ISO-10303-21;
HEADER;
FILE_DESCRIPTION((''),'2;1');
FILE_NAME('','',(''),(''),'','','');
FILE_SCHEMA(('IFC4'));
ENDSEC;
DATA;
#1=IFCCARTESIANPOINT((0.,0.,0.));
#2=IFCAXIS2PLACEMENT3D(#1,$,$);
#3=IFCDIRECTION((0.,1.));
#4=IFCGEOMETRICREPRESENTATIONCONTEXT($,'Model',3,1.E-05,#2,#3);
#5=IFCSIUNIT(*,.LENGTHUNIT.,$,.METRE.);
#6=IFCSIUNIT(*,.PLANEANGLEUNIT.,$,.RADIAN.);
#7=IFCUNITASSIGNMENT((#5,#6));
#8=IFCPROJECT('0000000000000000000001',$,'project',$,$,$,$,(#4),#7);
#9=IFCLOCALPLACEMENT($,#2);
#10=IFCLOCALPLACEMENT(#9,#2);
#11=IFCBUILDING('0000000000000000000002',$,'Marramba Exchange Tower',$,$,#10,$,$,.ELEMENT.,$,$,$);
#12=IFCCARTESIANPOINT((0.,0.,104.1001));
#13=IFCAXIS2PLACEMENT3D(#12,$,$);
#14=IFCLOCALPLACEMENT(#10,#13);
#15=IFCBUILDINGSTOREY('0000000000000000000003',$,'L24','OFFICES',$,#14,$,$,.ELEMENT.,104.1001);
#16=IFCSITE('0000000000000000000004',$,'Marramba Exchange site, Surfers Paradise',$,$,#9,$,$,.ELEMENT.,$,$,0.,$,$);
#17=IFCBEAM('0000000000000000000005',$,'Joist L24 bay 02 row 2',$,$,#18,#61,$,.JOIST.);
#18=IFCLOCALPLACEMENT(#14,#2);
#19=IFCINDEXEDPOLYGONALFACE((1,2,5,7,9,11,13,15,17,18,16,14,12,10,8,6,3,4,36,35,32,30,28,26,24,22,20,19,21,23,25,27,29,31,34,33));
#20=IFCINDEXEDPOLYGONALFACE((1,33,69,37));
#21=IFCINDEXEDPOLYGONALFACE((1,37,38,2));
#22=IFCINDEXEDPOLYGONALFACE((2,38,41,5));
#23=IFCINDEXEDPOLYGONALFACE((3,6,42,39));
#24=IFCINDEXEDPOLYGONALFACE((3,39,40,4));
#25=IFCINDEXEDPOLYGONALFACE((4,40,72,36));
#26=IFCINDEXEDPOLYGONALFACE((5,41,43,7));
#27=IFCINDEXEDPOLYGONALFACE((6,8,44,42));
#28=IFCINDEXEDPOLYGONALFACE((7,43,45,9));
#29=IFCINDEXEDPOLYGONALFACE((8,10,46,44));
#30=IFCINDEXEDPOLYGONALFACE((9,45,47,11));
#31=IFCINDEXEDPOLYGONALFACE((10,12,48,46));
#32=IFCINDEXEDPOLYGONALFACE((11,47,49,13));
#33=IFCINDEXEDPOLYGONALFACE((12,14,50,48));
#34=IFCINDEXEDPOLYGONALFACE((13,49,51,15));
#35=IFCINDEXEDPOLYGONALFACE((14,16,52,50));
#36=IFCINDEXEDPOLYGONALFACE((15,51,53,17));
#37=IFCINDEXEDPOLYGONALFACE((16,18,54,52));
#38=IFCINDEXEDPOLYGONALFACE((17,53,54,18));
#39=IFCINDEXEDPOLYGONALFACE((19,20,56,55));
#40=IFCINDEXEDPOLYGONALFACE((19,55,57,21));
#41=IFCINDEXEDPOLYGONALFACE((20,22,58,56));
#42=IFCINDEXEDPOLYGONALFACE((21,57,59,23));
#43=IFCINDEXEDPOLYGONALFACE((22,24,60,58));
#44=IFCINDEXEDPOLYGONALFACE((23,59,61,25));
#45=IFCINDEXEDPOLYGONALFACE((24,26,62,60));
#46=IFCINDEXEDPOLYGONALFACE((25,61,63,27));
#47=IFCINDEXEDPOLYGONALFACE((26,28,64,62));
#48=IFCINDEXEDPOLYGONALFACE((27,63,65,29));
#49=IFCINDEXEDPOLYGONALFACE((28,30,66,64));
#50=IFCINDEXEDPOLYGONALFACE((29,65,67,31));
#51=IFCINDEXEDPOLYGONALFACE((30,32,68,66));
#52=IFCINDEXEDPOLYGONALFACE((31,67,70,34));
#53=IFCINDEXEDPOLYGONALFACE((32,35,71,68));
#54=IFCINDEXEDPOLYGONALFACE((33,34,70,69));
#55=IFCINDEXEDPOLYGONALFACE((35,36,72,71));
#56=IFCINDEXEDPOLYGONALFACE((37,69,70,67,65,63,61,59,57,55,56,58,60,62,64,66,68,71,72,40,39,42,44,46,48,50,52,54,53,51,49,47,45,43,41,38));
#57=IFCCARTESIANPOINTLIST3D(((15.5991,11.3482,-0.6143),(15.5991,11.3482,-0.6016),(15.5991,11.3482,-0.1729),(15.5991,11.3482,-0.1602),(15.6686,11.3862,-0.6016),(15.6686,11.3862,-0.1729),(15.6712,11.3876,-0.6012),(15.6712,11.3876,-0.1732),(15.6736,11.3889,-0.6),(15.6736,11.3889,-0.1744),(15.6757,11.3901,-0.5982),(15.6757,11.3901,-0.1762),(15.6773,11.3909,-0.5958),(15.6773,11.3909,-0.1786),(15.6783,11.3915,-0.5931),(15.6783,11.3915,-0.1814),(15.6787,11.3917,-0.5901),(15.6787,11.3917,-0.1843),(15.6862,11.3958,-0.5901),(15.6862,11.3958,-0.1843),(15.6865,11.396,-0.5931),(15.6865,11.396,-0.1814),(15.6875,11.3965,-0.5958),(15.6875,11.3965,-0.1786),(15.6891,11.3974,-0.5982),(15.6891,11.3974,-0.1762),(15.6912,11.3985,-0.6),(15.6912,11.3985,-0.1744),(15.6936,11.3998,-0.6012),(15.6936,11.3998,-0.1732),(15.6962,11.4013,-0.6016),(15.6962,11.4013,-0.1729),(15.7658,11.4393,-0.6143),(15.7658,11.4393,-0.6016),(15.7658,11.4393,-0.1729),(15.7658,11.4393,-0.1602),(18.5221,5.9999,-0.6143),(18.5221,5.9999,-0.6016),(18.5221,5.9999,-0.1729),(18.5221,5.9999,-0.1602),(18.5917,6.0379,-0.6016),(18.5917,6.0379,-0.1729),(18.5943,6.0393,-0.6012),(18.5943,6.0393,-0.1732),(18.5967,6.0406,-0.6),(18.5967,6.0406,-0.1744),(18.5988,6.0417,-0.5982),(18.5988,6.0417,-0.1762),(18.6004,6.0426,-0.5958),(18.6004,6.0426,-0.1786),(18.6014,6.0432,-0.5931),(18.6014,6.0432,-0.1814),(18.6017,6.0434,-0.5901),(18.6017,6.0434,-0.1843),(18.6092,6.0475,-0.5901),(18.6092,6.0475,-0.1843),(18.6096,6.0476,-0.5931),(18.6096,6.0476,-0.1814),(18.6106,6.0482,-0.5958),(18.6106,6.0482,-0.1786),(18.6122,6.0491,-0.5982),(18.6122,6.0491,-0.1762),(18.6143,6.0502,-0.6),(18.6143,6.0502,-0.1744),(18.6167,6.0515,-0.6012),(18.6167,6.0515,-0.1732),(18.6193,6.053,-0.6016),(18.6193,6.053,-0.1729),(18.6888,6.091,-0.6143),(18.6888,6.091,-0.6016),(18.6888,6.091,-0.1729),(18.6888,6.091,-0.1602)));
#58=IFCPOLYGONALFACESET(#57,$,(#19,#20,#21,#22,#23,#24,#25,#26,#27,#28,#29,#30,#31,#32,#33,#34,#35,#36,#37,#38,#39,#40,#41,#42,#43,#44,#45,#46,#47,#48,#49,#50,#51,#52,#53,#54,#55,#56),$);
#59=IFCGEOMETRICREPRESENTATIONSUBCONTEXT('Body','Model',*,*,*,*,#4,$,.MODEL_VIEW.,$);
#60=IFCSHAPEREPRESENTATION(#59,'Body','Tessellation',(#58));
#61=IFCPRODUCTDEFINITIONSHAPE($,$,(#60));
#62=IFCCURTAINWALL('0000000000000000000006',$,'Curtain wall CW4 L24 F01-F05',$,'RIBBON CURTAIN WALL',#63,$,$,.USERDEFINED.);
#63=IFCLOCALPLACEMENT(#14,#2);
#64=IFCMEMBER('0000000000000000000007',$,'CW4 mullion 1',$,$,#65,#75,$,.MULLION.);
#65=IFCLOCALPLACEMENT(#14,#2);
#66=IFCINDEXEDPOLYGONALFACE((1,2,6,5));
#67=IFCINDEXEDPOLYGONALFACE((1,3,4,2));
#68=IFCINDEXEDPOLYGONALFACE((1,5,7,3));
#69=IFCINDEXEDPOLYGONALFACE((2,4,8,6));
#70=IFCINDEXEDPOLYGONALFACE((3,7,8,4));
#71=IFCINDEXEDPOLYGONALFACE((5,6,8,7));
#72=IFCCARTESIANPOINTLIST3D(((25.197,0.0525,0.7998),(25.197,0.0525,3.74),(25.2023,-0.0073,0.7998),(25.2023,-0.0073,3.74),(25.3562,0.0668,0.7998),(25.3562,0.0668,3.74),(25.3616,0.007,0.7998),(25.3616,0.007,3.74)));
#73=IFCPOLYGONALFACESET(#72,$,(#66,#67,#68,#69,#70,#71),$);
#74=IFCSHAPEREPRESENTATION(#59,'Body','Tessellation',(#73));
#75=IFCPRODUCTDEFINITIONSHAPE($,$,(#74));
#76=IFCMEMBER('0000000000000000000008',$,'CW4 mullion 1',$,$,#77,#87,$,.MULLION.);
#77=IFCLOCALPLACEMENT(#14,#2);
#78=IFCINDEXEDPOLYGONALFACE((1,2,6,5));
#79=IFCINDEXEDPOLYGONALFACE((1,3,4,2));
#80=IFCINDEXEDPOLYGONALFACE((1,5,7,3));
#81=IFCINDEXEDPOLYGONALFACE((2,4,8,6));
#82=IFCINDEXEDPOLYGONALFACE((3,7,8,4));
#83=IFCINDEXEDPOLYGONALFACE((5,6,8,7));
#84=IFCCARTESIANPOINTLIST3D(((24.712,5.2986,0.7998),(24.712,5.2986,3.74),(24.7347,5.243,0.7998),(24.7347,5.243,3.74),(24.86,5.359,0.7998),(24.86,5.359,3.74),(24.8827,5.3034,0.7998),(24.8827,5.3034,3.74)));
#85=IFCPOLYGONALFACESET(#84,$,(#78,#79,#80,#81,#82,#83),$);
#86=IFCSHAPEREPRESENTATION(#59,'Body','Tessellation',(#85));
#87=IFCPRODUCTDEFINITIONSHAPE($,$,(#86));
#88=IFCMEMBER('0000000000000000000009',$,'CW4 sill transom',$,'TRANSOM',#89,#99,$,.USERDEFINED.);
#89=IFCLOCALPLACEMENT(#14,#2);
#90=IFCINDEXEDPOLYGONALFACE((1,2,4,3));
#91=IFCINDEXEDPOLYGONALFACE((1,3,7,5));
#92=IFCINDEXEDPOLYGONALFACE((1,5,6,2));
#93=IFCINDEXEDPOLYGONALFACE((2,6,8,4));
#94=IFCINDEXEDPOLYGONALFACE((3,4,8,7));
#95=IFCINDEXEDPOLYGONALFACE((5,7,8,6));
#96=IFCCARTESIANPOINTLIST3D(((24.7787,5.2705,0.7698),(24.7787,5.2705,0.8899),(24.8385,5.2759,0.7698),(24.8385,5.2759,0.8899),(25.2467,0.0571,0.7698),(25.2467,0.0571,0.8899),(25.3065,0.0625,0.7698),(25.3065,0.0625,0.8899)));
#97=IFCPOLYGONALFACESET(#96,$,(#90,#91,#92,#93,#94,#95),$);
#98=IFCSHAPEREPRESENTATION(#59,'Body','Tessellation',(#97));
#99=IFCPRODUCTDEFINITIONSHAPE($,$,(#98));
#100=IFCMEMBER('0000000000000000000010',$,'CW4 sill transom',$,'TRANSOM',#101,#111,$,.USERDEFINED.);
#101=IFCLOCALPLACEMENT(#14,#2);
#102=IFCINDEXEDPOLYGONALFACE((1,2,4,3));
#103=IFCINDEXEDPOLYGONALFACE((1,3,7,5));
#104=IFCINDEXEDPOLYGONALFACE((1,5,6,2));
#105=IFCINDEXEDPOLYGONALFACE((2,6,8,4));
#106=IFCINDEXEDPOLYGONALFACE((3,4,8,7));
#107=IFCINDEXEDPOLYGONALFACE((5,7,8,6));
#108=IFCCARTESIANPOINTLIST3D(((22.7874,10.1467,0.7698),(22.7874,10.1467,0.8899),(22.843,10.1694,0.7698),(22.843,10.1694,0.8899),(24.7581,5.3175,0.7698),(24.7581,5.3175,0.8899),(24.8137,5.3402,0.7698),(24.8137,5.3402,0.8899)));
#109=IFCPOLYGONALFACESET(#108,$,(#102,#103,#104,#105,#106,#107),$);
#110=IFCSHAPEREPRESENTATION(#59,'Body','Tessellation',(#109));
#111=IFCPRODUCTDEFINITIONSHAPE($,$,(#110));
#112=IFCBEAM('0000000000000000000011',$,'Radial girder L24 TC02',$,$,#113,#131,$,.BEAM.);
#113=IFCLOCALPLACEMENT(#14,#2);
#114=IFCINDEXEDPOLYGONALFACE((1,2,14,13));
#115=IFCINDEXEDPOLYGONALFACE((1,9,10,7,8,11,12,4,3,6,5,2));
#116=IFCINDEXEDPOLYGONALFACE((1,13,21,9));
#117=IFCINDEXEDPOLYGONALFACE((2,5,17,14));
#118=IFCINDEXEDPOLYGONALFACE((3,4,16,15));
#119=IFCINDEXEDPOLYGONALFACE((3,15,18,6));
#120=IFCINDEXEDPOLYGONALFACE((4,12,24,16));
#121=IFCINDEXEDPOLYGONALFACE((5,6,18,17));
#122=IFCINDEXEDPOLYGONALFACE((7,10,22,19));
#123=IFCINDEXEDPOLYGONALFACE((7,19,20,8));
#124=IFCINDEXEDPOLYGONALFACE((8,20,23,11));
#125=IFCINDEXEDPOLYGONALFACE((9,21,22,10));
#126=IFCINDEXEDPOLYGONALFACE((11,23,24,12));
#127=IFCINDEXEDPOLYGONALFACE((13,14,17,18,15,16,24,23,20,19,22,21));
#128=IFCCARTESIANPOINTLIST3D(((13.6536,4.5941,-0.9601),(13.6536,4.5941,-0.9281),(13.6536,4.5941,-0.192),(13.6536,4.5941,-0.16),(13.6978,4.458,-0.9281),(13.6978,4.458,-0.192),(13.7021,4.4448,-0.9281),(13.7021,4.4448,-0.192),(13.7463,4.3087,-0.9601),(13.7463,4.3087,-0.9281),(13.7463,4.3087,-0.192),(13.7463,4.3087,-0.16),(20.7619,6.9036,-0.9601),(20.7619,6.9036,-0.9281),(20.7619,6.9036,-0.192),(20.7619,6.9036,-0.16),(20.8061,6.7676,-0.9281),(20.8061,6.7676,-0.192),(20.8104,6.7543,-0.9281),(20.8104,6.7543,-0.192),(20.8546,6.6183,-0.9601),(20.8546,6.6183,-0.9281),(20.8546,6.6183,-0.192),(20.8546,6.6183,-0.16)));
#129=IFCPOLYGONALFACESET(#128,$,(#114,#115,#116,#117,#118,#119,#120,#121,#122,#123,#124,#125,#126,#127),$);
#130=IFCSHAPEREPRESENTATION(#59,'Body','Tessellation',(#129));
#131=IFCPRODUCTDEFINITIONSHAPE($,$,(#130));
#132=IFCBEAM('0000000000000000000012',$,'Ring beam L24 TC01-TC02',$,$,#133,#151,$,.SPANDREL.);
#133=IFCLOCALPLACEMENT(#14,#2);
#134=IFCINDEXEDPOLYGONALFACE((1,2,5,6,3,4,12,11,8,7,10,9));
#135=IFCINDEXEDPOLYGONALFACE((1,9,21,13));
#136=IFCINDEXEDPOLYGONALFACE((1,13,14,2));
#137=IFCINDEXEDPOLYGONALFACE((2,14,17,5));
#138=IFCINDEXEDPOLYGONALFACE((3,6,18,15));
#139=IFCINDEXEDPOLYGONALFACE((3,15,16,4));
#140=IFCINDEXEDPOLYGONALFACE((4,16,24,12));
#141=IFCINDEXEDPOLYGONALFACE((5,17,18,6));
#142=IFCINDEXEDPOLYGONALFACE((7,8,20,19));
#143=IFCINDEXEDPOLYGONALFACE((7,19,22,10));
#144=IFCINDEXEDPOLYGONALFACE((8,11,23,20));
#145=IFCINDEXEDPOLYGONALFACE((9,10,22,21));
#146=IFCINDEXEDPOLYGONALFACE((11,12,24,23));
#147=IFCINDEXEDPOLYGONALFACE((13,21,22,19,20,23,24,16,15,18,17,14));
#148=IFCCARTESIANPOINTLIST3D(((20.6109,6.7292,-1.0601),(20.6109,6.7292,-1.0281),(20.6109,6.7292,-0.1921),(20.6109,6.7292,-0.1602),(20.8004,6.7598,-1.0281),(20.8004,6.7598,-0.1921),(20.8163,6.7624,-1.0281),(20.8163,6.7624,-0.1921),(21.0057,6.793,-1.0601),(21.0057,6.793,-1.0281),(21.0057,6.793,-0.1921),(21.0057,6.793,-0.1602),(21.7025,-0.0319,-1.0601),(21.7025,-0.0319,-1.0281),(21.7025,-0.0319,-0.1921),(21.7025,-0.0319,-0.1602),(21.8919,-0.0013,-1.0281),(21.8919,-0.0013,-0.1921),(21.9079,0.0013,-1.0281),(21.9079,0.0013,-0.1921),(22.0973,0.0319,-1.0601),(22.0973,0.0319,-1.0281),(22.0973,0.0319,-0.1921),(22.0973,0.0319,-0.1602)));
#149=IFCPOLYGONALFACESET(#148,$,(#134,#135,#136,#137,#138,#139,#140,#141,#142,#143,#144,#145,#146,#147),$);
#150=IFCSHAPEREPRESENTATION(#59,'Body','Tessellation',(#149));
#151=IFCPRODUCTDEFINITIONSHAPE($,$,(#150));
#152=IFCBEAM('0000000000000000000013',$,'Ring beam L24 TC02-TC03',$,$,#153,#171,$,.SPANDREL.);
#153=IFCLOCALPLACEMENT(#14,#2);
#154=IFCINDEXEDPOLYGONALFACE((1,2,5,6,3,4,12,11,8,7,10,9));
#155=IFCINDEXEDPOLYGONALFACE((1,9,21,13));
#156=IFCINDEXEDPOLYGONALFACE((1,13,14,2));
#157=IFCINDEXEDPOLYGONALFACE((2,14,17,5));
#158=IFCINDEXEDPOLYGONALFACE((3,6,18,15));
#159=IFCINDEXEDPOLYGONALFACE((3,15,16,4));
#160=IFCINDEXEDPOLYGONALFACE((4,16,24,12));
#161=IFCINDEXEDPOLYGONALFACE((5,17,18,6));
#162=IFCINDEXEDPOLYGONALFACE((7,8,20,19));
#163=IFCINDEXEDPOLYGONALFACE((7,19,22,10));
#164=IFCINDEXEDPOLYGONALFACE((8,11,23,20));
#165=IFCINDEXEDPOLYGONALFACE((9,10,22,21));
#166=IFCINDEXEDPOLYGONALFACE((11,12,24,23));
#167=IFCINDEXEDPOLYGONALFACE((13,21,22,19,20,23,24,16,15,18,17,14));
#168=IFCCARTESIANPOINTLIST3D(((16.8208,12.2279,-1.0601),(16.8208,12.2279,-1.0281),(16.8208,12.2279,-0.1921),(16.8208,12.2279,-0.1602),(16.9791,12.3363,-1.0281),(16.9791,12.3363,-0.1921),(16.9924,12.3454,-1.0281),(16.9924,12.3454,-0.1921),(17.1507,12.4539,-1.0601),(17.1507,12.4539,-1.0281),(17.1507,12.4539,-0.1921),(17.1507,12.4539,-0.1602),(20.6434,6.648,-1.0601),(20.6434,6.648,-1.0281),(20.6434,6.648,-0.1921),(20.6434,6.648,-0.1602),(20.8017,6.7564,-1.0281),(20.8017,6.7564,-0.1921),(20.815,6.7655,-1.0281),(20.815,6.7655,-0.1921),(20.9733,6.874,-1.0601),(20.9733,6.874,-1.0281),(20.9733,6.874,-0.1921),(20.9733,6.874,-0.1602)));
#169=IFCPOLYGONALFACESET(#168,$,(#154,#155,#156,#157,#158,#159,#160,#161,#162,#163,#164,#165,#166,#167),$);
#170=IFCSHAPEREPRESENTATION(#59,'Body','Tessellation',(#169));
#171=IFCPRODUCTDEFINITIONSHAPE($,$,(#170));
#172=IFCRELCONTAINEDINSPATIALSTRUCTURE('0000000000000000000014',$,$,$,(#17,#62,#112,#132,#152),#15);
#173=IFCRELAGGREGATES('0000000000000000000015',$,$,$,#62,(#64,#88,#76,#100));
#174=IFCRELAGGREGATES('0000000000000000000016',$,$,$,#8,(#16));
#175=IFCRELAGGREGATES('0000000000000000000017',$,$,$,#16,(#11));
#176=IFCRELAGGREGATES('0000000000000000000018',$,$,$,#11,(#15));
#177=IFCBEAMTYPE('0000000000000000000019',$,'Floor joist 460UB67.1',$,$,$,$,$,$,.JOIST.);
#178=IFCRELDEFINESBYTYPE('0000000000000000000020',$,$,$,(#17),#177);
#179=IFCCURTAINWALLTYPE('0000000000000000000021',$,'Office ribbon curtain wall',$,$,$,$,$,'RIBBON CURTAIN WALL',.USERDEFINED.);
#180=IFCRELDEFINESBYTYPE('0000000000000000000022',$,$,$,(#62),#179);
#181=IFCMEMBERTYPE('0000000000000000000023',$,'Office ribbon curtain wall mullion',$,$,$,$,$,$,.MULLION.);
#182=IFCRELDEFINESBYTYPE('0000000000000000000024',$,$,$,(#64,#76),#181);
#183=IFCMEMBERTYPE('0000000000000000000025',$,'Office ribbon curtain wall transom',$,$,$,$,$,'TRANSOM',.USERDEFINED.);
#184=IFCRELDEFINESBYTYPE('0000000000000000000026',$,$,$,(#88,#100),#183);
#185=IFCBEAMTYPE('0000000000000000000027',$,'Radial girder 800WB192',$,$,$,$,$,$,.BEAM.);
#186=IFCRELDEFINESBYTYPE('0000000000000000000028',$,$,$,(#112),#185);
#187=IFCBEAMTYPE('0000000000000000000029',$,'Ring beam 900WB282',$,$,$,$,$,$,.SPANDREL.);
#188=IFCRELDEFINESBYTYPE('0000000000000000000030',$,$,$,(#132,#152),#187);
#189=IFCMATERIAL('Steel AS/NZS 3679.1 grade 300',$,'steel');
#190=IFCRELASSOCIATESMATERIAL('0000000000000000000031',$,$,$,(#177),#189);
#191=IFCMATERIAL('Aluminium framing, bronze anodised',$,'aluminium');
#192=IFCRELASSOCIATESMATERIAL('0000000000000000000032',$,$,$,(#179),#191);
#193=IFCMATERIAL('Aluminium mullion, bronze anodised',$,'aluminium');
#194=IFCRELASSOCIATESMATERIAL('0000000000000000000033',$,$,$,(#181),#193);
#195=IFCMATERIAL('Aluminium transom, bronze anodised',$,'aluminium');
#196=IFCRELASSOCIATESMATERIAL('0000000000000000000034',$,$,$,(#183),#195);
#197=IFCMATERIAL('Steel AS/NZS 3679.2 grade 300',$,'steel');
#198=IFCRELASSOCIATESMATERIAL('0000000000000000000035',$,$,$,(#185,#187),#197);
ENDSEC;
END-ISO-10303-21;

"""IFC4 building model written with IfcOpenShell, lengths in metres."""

from ifc_helpers import new_model, si_unit, direction, frame, origin, origin_2d, place, context, subcontext, project, spatial, rectangle, i_section, extrude, material, material_profile, profile_set, type_object, element, aggregate, save


model = new_model("IFC4")

# Units and contexts
model_context = context("Model", 3, precision=1e-05, world=origin(), true_north=direction((0.0, 1.0)))
body_context = subcontext(model_context, "Body", "Model", "MODEL_VIEW")
ifc_project = project(units=[si_unit("LENGTHUNIT", "METRE"), si_unit("PLANEANGLEUNIT", "RADIAN")], contexts=[model_context])

# Site, building, storey
site_placement = place(None, origin())
site = spatial("IfcSite", under=ifc_project, at=site_placement, Name="Marramba Exchange site, Surfers Paradise", CompositionType="ELEMENT", RefElevation=0.0)
building_placement = place(site_placement, origin())
building = spatial("IfcBuilding", under=site, at=building_placement, Name="Marramba Exchange Tower", CompositionType="ELEMENT")
storey_placement = place(building_placement, frame((0.0, 0.0, 104.1001)))
storey = spatial("IfcBuildingStorey", under=building, at=storey_placement, Name="L24", Description="OFFICES", CompositionType="ELEMENT", Elevation=104.1001)

# Beam
ifc_material_1 = material(Name="Steel AS/NZS 3679.2 grade 300", Category="steel")
ifc_material_2 = material(Name="Steel AS/NZS 3679.1 grade 300", Category="steel")
ifc_material_profile_1 = material_profile(ifc_material_2, i_section(OverallWidth=0.1899, OverallDepth=0.4541, WebThickness=0.0085, FlangeThickness=0.0127, FilletRadius=0.0115, at=origin_2d()), Name="460UB67.1")
ifc_profile_set_1 = profile_set([ifc_material_profile_1], Name="Steel AS/NZS 3679.1 grade 300")
beam_type_1 = type_object("IfcBeamType", Name="Floor joist 460UB67.1", PredefinedType="JOIST", material=ifc_profile_set_1)
beam_1_placement = place(storey_placement, frame((18.6055, 6.0454, -0.3872), z_axis=(-0.479584, 0.877496, 0.0), x_axis=(-0.877496, -0.479584, 0.0)))
element("IfcBeam", 1, at=beam_1_placement, inside=storey, type_object=beam_type_1, Name="Joist L24 bay 02 row 2", PredefinedType="JOIST", context=body_context, shape_type="SweptSolid", body=[
    extrude(i_section(OverallWidth=0.1899, OverallDepth=0.4541, WebThickness=0.0085, FlangeThickness=0.0127, FilletRadius=0.0115, at=origin_2d()), origin(), (0.0, 0.0, 1.0), 6.095),
])

# Curtain wall, members
ifc_material_3 = material(Name="Aluminium framing, bronze anodised", Category="aluminium")
curtain_wall_type = type_object("IfcCurtainWallType", Name="Office ribbon curtain wall", ElementType="RIBBON CURTAIN WALL", PredefinedType="USERDEFINED", material=ifc_material_3)
curtain_wall_placement = place(storey_placement, origin())
curtain_wall = element("IfcCurtainWall", 2, at=curtain_wall_placement, inside=storey, type_object=curtain_wall_type, Name="Curtain wall CW4 L24 F01-F05", ObjectType="RIBBON CURTAIN WALL", PredefinedType="USERDEFINED")
ifc_material_4 = material(Name="Aluminium mullion, bronze anodised", Category="aluminium")
ifc_material_profile_2 = material_profile(ifc_material_4, rectangle(XDim=0.1599, YDim=0.0601, at=origin_2d()), Name="CW4 mullion 60x160")
ifc_profile_set_2 = profile_set([ifc_material_profile_2], Name="Aluminium mullion, bronze anodised")
member_type_1 = type_object("IfcMemberType", Name="Office ribbon curtain wall mullion", PredefinedType="MULLION", material=ifc_profile_set_2)
member_1_placement = place(storey_placement, frame((25.2793, 0.0298, 0.7998), z_axis=(0.0, 0.0, 1.0), x_axis=(-0.995995, -0.089413, 0.0)))
member_1 = element("IfcMember", 3, at=member_1_placement, type_object=member_type_1, Name="CW4 mullion 1", PredefinedType="MULLION", context=body_context, shape_type="SweptSolid", body=[
    extrude(rectangle(XDim=0.1599, YDim=0.0601, at=origin_2d()), origin(), (0.0, 0.0, 1.0), 2.9402),
])
member_2_placement = place(storey_placement, frame((24.7974, 5.301, 0.7998), z_axis=(0.0, 0.0, 1.0), x_axis=(-0.925879, -0.377821, 0.0)))
member_2 = element("IfcMember", 4, at=member_2_placement, type_object=member_type_1, Name="CW4 mullion 1", PredefinedType="MULLION", context=body_context, shape_type="SweptSolid", body=[
    extrude(rectangle(XDim=0.1599, YDim=0.0601, at=origin_2d()), origin(), (0.0, 0.0, 1.0), 2.9402),
])
ifc_material_5 = material(Name="Aluminium transom, bronze anodised", Category="aluminium")
ifc_material_profile_3 = material_profile(ifc_material_5, rectangle(XDim=0.0601, YDim=0.1201, at=origin_2d()), Name="CW4 transom 60x120")
ifc_profile_set_3 = profile_set([ifc_material_profile_3], Name="Aluminium transom, bronze anodised")
member_type_2 = type_object("IfcMemberType", Name="Office ribbon curtain wall transom", ElementType="TRANSOM", PredefinedType="USERDEFINED", material=ifc_profile_set_3)
member_3_placement = place(storey_placement, frame((25.2766, 0.0598, 0.8298), z_axis=(-0.089413, 0.995995, 0.0), x_axis=(-0.995995, -0.089413, 0.0)))
member_3 = element("IfcMember", 5, at=member_3_placement, type_object=member_type_2, Name="CW4 sill transom", ObjectType="TRANSOM", PredefinedType="USERDEFINED", context=body_context, shape_type="SweptSolid", body=[
    extrude(rectangle(XDim=0.0601, YDim=0.1201, at=origin_2d()), origin(), (0.0, 0.0, 1.0), 5.2344),
])
member_4_placement = place(storey_placement, frame((24.7859, 5.3289, 0.8298), z_axis=(-0.377838, 0.925872, 0.0), x_axis=(-0.925872, -0.377838, 0.0)))
member_4 = element("IfcMember", 6, at=member_4_placement, type_object=member_type_2, Name="CW4 sill transom", ObjectType="TRANSOM", PredefinedType="USERDEFINED", context=body_context, shape_type="SweptSolid", body=[
    extrude(rectangle(XDim=0.0601, YDim=0.1201, at=origin_2d()), origin(), (0.0, 0.0, 1.0), 5.2158),
])

# Beams
ifc_material_profile_4 = material_profile(ifc_material_1, i_section(OverallWidth=0.3, OverallDepth=0.8, WebThickness=0.0139, FlangeThickness=0.032, at=origin_2d()), Name="800WB192")
ifc_profile_set_4 = profile_set([ifc_material_profile_4], Name="Steel AS/NZS 3679.2 grade 300")
beam_type_2 = type_object("IfcBeamType", Name="Radial girder 800WB192", PredefinedType="BEAM", material=ifc_profile_set_4)
beam_2_placement = place(storey_placement, frame((13.7, 4.4514, -0.5601), z_axis=(0.95106, 0.309006, 0.0), x_axis=(-0.309006, 0.95106, 0.0)))
element("IfcBeam", 7, at=beam_2_placement, inside=storey, type_object=beam_type_2, Name="Radial girder L24 TC02", PredefinedType="BEAM", context=body_context, shape_type="SweptSolid", body=[
    extrude(i_section(OverallWidth=0.3, OverallDepth=0.8, WebThickness=0.0139, FlangeThickness=0.032, at=origin_2d()), origin(), (0.0, 0.0, 1.0), 7.4741),
])
ifc_material_profile_5 = material_profile(ifc_material_1, i_section(OverallWidth=0.3999, OverallDepth=0.8999, WebThickness=0.0161, FlangeThickness=0.032, at=origin_2d()), Name="900WB282")
ifc_profile_set_5 = profile_set([ifc_material_profile_5], Name="Steel AS/NZS 3679.2 grade 300")
beam_type_3 = type_object("IfcBeamType", Name="Ring beam 900WB282", PredefinedType="SPANDREL", material=ifc_profile_set_5)
beam_3_placement = place(storey_placement, frame((21.8999, 0.0, -0.6101), z_axis=(-0.159385, 0.987217, 0.0), x_axis=(-0.987217, -0.159385, 0.0)))
element("IfcBeam", 8, at=beam_3_placement, inside=storey, type_object=beam_type_3, Name="Ring beam L24 TC01-TC02", PredefinedType="SPANDREL", context=body_context, shape_type="SweptSolid", body=[
    extrude(i_section(OverallWidth=0.3999, OverallDepth=0.8999, WebThickness=0.0161, FlangeThickness=0.032, at=origin_2d()), origin(), (0.0, 0.0, 1.0), 6.8486),
])
beam_4_placement = place(storey_placement, frame((20.8083, 6.761, -0.6101), z_axis=(-0.56516, 0.824981, 0.0), x_axis=(-0.824981, -0.56516, 0.0)))
element("IfcBeam", 9, at=beam_4_placement, inside=storey, type_object=beam_type_3, Name="Ring beam L24 TC02-TC03", PredefinedType="SPANDREL", context=body_context, shape_type="SweptSolid", body=[
    extrude(i_section(OverallWidth=0.3999, OverallDepth=0.8999, WebThickness=0.0161, FlangeThickness=0.032, at=origin_2d()), origin(), (0.0, 0.0, 1.0), 6.7637),
])

aggregate(curtain_wall, [member_1, member_3, member_2, member_4])

save(model, "model.ifc")
